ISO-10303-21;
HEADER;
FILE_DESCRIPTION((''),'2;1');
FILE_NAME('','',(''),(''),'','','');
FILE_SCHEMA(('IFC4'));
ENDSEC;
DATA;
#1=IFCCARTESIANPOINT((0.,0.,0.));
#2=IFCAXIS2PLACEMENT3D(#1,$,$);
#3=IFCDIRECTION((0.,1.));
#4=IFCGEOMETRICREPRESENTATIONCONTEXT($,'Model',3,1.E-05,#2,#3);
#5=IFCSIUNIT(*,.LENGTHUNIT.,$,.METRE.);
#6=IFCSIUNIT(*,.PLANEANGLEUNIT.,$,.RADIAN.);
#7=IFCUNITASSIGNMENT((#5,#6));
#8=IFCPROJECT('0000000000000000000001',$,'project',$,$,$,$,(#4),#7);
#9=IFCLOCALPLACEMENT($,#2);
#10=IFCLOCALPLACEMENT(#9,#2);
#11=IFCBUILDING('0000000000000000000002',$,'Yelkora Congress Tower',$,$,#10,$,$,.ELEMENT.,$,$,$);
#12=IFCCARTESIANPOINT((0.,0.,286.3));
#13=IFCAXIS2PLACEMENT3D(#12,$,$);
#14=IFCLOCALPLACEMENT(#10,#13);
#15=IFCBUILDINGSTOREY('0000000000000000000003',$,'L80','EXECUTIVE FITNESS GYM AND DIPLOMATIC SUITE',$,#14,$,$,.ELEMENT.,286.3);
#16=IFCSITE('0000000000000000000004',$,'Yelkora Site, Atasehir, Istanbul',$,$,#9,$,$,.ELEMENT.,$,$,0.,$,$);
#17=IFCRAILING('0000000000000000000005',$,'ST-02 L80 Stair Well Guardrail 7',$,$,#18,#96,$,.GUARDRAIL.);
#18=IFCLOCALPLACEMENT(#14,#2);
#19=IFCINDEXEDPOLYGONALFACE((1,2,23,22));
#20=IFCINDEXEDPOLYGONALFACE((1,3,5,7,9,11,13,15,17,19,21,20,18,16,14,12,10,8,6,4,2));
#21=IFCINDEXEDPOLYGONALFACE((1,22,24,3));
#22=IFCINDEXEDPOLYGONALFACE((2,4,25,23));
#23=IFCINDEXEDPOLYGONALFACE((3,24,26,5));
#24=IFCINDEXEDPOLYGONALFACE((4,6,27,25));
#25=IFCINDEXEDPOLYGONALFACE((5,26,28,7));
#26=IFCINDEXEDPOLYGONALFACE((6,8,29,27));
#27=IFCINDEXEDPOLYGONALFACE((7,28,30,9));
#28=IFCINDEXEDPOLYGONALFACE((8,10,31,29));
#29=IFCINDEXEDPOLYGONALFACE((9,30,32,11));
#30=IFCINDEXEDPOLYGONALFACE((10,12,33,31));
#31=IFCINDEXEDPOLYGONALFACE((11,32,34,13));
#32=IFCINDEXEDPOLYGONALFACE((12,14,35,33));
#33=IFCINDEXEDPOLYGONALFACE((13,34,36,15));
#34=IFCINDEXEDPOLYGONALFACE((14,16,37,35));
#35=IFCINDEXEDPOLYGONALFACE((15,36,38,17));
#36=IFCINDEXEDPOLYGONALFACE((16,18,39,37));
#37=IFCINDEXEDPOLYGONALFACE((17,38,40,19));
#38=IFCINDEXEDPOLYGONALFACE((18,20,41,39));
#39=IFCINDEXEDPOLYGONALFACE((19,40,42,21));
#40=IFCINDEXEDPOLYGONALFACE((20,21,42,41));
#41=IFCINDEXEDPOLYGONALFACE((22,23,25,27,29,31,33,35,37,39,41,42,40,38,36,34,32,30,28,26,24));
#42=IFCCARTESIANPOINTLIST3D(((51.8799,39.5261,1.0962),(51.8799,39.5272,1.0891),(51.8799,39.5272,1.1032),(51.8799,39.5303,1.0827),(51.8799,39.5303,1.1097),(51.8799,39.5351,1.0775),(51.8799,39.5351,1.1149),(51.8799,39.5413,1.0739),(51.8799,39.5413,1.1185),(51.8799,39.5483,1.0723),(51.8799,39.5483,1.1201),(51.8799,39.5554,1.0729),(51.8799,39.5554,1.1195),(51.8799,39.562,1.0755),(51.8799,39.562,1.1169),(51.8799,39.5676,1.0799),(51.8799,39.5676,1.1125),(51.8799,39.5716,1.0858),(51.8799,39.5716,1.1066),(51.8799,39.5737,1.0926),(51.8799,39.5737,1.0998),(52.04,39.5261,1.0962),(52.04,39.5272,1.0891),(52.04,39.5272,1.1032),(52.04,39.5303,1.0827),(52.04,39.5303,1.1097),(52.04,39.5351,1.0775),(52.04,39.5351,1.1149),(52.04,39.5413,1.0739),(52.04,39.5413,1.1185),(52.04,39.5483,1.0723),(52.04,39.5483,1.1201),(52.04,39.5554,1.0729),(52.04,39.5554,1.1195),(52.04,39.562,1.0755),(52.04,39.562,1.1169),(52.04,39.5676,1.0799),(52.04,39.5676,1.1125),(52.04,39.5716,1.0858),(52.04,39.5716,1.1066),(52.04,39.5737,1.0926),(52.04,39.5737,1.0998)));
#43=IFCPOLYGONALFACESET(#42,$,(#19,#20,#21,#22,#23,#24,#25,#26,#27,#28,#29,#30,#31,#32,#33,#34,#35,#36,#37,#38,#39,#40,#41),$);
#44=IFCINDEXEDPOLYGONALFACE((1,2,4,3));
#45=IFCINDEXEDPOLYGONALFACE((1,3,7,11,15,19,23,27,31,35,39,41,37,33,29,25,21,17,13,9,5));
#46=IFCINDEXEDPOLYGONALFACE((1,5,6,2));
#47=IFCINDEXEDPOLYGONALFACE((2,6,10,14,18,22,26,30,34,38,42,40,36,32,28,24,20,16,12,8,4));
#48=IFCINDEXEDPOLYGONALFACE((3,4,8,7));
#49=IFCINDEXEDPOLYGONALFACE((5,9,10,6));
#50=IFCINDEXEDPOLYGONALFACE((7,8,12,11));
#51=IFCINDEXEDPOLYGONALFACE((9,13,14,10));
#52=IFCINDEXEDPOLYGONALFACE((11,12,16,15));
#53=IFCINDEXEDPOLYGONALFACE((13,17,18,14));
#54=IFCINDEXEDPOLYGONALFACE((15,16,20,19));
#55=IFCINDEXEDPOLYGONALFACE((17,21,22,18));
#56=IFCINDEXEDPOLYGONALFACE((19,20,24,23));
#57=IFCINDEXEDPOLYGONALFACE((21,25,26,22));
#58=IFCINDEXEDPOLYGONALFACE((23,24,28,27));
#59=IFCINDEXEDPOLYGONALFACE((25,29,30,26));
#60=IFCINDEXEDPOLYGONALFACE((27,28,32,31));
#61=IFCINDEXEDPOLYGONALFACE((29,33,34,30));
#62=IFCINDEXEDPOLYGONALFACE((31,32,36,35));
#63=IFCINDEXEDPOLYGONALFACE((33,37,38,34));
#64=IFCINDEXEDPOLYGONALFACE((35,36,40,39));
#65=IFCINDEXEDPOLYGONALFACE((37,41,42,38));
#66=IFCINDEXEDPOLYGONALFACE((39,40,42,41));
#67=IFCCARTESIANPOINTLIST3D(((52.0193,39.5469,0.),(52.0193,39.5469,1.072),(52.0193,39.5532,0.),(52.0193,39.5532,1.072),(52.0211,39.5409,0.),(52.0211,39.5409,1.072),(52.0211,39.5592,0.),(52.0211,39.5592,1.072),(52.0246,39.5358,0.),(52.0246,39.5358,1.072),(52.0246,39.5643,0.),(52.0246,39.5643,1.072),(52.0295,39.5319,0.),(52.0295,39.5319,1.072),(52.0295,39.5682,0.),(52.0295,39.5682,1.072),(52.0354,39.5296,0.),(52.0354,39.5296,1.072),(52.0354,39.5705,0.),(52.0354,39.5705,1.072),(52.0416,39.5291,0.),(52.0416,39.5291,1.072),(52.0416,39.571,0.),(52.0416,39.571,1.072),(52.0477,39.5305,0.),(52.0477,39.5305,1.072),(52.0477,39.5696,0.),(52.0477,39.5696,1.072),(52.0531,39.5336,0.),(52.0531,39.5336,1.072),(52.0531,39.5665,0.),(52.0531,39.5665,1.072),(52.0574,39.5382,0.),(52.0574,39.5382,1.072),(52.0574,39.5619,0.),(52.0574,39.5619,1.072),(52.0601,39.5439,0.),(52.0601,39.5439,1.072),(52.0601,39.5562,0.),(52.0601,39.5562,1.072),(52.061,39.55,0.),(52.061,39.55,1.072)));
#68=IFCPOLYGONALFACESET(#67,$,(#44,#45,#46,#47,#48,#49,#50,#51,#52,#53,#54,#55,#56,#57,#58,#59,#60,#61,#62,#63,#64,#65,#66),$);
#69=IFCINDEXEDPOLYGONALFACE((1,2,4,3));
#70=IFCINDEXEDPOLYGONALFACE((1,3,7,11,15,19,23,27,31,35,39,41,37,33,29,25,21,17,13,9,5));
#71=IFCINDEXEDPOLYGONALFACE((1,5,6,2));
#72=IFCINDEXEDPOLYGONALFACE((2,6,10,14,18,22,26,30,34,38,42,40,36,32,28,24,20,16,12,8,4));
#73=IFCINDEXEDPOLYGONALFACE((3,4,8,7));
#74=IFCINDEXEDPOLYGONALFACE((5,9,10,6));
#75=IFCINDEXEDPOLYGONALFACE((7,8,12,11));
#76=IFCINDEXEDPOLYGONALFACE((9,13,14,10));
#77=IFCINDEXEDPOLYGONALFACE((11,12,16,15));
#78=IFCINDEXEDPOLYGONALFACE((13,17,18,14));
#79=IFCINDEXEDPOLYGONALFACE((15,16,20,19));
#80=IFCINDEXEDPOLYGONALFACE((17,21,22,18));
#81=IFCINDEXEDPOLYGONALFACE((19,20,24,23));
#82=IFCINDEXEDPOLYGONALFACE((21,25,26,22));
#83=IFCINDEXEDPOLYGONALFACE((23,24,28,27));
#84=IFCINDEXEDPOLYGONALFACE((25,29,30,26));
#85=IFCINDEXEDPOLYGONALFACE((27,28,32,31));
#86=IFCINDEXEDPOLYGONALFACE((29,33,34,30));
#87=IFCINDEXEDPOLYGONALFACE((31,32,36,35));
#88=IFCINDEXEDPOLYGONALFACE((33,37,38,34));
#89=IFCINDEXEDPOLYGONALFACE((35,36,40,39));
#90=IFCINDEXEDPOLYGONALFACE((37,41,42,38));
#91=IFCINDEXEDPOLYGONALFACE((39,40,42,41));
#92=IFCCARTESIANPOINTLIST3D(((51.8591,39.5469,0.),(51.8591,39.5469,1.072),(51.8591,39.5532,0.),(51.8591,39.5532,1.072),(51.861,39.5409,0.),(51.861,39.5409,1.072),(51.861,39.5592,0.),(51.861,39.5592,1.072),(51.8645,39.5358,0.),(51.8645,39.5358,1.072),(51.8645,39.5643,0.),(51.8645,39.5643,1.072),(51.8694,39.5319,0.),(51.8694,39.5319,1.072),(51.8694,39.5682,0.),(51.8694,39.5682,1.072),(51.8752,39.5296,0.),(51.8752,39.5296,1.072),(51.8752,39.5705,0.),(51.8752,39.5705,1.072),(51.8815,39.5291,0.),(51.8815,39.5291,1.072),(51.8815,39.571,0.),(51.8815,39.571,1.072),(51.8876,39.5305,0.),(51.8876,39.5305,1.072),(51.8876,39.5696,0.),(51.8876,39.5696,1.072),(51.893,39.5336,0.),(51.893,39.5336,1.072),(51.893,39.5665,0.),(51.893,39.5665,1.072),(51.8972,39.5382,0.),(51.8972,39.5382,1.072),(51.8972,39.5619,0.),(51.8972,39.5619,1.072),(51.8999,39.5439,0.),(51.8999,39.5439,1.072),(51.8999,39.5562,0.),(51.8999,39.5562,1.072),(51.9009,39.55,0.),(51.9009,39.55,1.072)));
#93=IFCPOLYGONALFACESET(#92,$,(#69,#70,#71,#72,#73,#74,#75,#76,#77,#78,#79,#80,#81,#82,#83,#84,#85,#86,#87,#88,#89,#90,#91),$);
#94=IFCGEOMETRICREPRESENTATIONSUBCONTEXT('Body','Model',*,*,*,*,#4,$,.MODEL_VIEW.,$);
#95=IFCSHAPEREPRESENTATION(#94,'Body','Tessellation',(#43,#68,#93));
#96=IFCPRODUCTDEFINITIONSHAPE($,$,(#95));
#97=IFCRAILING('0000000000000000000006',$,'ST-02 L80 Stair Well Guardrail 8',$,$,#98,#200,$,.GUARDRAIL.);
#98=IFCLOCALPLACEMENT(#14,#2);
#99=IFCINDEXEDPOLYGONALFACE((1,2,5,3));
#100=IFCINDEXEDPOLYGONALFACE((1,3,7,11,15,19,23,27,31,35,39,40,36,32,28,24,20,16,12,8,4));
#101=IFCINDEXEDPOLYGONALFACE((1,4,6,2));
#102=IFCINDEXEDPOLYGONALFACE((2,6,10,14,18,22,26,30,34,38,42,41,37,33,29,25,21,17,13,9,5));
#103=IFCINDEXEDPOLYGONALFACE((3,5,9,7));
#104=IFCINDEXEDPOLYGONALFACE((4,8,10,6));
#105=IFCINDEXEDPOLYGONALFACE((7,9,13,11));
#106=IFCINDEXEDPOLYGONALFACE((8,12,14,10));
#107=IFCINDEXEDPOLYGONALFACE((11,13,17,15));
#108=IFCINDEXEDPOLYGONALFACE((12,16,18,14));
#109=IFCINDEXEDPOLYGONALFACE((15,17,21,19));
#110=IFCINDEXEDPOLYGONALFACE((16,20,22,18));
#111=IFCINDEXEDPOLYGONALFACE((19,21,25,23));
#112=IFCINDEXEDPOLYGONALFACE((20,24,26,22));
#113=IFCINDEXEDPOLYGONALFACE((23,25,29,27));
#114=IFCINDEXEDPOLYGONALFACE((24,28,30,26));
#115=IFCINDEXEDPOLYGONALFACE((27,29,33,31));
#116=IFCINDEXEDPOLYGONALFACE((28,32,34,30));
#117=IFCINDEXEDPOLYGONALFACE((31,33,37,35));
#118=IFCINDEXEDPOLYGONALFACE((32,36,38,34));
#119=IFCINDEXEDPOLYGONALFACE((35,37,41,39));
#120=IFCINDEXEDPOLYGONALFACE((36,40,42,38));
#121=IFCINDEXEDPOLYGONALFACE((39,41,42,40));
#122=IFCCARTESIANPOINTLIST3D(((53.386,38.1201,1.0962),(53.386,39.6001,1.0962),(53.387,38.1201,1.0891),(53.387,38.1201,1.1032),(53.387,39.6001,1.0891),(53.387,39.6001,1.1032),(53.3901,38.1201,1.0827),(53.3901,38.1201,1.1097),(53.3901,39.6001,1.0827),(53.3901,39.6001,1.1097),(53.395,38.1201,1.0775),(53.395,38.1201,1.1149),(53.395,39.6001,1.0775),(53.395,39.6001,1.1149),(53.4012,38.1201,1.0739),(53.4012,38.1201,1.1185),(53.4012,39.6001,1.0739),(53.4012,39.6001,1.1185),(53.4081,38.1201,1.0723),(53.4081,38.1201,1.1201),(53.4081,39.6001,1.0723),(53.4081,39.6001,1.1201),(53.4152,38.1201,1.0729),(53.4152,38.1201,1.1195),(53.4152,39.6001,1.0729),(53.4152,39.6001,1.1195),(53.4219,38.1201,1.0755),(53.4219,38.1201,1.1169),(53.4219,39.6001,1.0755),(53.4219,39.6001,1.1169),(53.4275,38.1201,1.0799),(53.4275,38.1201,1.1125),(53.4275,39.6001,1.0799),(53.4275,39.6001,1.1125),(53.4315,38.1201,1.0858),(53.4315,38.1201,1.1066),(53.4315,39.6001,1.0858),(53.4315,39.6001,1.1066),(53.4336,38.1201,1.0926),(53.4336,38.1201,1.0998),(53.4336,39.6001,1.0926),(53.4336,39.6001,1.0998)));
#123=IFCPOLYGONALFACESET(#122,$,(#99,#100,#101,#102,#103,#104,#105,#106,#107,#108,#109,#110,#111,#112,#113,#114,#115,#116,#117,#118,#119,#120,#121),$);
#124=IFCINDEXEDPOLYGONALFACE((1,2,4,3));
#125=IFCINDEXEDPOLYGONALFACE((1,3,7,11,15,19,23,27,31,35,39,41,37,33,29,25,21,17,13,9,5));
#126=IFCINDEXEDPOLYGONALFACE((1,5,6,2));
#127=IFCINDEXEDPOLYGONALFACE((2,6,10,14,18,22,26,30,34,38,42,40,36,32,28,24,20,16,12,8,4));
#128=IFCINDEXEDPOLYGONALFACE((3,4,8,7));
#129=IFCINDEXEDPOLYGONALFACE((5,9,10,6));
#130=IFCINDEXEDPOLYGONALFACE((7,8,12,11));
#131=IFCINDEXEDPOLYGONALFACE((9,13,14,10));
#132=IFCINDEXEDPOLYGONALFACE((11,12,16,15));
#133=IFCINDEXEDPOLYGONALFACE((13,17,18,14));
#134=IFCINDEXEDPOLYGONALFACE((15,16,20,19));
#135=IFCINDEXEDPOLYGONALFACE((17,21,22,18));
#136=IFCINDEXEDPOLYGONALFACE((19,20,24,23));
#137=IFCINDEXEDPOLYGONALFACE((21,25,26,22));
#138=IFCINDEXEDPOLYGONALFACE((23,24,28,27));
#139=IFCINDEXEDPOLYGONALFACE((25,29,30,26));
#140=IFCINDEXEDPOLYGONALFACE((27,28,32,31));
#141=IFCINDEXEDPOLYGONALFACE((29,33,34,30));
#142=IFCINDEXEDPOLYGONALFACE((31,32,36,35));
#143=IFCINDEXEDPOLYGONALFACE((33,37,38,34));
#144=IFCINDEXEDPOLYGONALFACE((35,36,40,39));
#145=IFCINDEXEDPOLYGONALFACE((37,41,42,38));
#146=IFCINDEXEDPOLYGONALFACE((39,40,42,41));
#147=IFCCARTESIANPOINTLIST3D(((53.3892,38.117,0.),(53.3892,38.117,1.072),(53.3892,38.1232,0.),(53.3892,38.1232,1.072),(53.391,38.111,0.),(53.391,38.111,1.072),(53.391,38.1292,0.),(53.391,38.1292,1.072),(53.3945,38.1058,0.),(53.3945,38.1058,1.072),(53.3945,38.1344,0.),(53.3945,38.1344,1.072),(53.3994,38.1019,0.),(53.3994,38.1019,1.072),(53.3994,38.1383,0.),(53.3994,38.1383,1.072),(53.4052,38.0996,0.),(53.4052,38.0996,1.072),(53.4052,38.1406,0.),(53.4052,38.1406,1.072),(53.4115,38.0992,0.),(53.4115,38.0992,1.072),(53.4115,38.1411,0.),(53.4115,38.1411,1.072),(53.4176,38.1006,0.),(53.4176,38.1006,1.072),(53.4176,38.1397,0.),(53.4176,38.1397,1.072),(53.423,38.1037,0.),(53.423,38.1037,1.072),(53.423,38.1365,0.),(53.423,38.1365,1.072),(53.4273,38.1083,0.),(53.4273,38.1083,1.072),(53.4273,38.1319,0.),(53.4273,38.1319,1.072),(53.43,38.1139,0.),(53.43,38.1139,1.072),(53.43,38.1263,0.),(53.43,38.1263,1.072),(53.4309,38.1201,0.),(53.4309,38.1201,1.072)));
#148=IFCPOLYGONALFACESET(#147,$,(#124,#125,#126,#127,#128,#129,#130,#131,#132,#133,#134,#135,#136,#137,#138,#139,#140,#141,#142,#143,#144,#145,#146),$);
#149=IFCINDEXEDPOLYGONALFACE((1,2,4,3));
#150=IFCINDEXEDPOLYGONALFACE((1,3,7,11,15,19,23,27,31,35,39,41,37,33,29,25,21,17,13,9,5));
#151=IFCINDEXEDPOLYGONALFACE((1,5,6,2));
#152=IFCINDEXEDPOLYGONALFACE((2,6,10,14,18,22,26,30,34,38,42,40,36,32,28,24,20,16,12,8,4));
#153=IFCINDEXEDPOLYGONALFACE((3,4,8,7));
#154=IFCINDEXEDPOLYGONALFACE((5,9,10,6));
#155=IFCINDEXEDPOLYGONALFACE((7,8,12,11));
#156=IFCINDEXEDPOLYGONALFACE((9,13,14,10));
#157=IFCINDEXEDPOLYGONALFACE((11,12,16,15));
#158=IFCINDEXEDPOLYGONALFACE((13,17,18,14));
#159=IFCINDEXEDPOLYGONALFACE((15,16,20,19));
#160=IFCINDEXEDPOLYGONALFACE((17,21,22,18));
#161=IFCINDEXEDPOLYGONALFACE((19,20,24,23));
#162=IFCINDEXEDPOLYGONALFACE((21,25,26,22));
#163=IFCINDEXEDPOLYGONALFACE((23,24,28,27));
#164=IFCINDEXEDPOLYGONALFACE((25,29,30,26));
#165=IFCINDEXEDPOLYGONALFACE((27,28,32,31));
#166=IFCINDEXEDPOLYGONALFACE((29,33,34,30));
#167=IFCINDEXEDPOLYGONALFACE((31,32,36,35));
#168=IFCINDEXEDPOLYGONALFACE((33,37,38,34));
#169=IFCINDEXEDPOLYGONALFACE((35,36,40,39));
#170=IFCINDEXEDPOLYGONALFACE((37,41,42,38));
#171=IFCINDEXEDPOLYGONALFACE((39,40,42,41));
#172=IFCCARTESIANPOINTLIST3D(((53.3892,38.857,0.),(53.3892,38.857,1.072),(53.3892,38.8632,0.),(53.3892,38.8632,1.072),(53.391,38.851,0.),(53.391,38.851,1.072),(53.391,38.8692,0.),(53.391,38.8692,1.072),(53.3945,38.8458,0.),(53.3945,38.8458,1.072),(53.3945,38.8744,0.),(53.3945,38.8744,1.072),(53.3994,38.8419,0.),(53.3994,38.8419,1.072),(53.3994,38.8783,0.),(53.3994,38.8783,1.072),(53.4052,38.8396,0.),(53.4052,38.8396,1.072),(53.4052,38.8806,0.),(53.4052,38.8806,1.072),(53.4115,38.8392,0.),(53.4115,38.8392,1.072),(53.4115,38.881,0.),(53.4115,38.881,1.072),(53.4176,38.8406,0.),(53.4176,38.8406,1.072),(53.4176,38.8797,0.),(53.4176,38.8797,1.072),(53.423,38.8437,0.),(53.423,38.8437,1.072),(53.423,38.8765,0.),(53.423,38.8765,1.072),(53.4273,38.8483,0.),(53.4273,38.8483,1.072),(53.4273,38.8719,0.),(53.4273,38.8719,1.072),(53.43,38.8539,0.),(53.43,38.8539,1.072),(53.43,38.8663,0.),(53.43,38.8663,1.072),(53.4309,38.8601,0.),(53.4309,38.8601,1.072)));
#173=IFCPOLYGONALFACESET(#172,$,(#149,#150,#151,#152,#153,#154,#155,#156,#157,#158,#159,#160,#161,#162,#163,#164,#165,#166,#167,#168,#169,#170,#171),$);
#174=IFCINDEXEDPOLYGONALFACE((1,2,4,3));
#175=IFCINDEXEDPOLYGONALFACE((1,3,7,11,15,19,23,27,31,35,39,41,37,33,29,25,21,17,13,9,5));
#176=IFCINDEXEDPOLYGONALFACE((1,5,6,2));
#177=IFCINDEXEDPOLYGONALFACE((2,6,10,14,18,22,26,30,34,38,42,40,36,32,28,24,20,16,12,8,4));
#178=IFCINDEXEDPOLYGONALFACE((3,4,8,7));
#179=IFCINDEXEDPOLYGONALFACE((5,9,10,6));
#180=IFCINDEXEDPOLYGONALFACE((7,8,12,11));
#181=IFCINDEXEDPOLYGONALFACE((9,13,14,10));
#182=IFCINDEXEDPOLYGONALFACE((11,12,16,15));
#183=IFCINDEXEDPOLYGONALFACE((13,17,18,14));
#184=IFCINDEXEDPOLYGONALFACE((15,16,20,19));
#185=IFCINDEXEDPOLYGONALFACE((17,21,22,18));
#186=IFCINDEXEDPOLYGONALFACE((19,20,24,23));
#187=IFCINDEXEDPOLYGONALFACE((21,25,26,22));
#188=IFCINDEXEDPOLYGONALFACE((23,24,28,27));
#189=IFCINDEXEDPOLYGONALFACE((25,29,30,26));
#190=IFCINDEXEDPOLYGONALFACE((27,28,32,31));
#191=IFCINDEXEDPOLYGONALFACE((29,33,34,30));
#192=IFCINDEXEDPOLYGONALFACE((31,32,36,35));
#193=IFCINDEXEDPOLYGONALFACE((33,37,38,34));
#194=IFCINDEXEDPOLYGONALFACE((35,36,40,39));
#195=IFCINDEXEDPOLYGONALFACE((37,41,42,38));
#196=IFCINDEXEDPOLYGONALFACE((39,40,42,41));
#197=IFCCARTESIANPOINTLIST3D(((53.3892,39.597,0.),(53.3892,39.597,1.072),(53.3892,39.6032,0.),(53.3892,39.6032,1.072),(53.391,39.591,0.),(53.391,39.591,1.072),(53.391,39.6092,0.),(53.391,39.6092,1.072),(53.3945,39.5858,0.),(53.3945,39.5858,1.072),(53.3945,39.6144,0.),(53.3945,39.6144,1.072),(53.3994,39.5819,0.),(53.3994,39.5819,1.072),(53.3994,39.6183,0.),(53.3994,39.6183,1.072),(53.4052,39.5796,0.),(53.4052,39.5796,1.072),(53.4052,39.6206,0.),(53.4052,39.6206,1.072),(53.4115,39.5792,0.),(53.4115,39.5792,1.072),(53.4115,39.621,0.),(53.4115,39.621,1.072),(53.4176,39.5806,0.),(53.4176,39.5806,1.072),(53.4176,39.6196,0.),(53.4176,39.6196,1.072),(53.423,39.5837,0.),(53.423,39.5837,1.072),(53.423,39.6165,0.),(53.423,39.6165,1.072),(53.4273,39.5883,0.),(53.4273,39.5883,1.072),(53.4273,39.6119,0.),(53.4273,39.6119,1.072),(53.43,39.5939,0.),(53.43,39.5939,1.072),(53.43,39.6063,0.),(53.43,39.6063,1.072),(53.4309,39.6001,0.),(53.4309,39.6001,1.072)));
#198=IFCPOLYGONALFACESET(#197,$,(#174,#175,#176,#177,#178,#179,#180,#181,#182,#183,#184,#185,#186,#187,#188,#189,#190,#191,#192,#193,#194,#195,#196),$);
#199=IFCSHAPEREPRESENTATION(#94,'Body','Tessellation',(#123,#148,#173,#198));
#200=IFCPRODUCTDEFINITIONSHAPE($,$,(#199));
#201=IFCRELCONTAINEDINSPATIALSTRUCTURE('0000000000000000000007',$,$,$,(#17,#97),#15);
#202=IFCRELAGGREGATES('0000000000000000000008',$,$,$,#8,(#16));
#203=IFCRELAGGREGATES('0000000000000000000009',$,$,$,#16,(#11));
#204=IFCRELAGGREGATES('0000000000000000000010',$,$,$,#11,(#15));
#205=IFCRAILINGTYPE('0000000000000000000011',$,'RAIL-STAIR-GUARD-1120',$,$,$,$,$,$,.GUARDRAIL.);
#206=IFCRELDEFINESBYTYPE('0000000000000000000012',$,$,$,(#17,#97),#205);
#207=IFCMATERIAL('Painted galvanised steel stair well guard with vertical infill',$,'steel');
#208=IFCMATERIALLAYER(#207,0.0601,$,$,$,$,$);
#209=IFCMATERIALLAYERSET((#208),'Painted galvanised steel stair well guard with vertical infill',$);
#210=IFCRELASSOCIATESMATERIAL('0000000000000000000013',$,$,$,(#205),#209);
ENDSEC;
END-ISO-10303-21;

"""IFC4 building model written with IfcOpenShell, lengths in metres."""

from ifc_helpers import new_model, si_unit, direction, frame, origin, origin_2d, place, context, subcontext, project, spatial, circle, extrude, material, layer, layer_set, type_object, element, save


model = new_model("IFC4")

# Units and contexts
model_context = context("Model", 3, precision=1e-05, world=origin(), true_north=direction((0.0, 1.0)))
body_context = subcontext(model_context, "Body", "Model", "MODEL_VIEW")
ifc_project = project(units=[si_unit("LENGTHUNIT", "METRE"), si_unit("PLANEANGLEUNIT", "RADIAN")], contexts=[model_context])

# Site, building, storey
site_placement = place(None, origin())
site = spatial("IfcSite", under=ifc_project, at=site_placement, Name="Yelkora Site, Atasehir, Istanbul", CompositionType="ELEMENT", RefElevation=0.0)
building_placement = place(site_placement, origin())
building = spatial("IfcBuilding", under=site, at=building_placement, Name="Yelkora Congress Tower", CompositionType="ELEMENT")
storey_placement = place(building_placement, frame((0.0, 0.0, 286.3)))
storey = spatial("IfcBuildingStorey", under=building, at=storey_placement, Name="L80", Description="EXECUTIVE FITNESS GYM AND DIPLOMATIC SUITE", CompositionType="ELEMENT", Elevation=286.3)

# Railings
ifc_material_1 = material(Name="Painted galvanised steel stair well guard with vertical infill", Category="steel")
ifc_layer_1 = layer(ifc_material_1, 0.0601)
ifc_layer_set_1 = layer_set([ifc_layer_1], Name="Painted galvanised steel stair well guard with vertical infill")
railing_type_1 = type_object("IfcRailingType", Name="RAIL-STAIR-GUARD-1120", PredefinedType="GUARDRAIL", material=ifc_layer_set_1)
railing_1_placement = place(storey_placement, frame((52.04, 39.55, 0.0)))
element("IfcRailing", 1, at=railing_1_placement, inside=storey, type_object=railing_type_1, Name="ST-02 L80 Stair Well Guardrail 7", PredefinedType="GUARDRAIL", context=body_context, shape_type="SweptSolid", body=[
    extrude(circle(Radius=0.0239, at=origin_2d()), frame((0.0, 0.0, 1.0962), z_axis=(-1.0, 0.0, 0.0), x_axis=(0.0, -1.0, 0.0)), (0.0, 0.0, 1.0), 0.1602),
    extrude(circle(Radius=0.021, at=origin_2d()), origin(), (0.0, 0.0, 1.0), 1.072),
    extrude(circle(Radius=0.021, at=origin_2d()), frame((-0.1602, 0.0, 0.0)), (0.0, 0.0, 1.0), 1.072),
])
for number, where, name in (
    (2, (53.4099, 38.1201, 0.0), "ST-02 L80 Stair Well Guardrail 8"),
):
    element("IfcRailing", number, at=place(storey_placement, frame(where)), inside=storey, type_object=railing_type_1, Name=name, PredefinedType="GUARDRAIL", context=body_context, shape_type="SweptSolid", body=[
        extrude(circle(Radius=0.0239, at=origin_2d()), frame((0.0, 0.0, 1.0962), z_axis=(0.0, 1.0, 0.0), x_axis=(-1.0, 0.0, 0.0)), (0.0, 0.0, 1.0), 1.48),
        extrude(circle(Radius=0.021, at=origin_2d()), origin(), (0.0, 0.0, 1.0), 1.072),
        extrude(circle(Radius=0.021, at=origin_2d()), frame((0.0, 0.74, 0.0)), (0.0, 0.0, 1.0), 1.072),
        extrude(circle(Radius=0.021, at=origin_2d()), frame((0.0, 1.48, 0.0)), (0.0, 0.0, 1.0), 1.072),
    ])

save(model, "model.ifc")
